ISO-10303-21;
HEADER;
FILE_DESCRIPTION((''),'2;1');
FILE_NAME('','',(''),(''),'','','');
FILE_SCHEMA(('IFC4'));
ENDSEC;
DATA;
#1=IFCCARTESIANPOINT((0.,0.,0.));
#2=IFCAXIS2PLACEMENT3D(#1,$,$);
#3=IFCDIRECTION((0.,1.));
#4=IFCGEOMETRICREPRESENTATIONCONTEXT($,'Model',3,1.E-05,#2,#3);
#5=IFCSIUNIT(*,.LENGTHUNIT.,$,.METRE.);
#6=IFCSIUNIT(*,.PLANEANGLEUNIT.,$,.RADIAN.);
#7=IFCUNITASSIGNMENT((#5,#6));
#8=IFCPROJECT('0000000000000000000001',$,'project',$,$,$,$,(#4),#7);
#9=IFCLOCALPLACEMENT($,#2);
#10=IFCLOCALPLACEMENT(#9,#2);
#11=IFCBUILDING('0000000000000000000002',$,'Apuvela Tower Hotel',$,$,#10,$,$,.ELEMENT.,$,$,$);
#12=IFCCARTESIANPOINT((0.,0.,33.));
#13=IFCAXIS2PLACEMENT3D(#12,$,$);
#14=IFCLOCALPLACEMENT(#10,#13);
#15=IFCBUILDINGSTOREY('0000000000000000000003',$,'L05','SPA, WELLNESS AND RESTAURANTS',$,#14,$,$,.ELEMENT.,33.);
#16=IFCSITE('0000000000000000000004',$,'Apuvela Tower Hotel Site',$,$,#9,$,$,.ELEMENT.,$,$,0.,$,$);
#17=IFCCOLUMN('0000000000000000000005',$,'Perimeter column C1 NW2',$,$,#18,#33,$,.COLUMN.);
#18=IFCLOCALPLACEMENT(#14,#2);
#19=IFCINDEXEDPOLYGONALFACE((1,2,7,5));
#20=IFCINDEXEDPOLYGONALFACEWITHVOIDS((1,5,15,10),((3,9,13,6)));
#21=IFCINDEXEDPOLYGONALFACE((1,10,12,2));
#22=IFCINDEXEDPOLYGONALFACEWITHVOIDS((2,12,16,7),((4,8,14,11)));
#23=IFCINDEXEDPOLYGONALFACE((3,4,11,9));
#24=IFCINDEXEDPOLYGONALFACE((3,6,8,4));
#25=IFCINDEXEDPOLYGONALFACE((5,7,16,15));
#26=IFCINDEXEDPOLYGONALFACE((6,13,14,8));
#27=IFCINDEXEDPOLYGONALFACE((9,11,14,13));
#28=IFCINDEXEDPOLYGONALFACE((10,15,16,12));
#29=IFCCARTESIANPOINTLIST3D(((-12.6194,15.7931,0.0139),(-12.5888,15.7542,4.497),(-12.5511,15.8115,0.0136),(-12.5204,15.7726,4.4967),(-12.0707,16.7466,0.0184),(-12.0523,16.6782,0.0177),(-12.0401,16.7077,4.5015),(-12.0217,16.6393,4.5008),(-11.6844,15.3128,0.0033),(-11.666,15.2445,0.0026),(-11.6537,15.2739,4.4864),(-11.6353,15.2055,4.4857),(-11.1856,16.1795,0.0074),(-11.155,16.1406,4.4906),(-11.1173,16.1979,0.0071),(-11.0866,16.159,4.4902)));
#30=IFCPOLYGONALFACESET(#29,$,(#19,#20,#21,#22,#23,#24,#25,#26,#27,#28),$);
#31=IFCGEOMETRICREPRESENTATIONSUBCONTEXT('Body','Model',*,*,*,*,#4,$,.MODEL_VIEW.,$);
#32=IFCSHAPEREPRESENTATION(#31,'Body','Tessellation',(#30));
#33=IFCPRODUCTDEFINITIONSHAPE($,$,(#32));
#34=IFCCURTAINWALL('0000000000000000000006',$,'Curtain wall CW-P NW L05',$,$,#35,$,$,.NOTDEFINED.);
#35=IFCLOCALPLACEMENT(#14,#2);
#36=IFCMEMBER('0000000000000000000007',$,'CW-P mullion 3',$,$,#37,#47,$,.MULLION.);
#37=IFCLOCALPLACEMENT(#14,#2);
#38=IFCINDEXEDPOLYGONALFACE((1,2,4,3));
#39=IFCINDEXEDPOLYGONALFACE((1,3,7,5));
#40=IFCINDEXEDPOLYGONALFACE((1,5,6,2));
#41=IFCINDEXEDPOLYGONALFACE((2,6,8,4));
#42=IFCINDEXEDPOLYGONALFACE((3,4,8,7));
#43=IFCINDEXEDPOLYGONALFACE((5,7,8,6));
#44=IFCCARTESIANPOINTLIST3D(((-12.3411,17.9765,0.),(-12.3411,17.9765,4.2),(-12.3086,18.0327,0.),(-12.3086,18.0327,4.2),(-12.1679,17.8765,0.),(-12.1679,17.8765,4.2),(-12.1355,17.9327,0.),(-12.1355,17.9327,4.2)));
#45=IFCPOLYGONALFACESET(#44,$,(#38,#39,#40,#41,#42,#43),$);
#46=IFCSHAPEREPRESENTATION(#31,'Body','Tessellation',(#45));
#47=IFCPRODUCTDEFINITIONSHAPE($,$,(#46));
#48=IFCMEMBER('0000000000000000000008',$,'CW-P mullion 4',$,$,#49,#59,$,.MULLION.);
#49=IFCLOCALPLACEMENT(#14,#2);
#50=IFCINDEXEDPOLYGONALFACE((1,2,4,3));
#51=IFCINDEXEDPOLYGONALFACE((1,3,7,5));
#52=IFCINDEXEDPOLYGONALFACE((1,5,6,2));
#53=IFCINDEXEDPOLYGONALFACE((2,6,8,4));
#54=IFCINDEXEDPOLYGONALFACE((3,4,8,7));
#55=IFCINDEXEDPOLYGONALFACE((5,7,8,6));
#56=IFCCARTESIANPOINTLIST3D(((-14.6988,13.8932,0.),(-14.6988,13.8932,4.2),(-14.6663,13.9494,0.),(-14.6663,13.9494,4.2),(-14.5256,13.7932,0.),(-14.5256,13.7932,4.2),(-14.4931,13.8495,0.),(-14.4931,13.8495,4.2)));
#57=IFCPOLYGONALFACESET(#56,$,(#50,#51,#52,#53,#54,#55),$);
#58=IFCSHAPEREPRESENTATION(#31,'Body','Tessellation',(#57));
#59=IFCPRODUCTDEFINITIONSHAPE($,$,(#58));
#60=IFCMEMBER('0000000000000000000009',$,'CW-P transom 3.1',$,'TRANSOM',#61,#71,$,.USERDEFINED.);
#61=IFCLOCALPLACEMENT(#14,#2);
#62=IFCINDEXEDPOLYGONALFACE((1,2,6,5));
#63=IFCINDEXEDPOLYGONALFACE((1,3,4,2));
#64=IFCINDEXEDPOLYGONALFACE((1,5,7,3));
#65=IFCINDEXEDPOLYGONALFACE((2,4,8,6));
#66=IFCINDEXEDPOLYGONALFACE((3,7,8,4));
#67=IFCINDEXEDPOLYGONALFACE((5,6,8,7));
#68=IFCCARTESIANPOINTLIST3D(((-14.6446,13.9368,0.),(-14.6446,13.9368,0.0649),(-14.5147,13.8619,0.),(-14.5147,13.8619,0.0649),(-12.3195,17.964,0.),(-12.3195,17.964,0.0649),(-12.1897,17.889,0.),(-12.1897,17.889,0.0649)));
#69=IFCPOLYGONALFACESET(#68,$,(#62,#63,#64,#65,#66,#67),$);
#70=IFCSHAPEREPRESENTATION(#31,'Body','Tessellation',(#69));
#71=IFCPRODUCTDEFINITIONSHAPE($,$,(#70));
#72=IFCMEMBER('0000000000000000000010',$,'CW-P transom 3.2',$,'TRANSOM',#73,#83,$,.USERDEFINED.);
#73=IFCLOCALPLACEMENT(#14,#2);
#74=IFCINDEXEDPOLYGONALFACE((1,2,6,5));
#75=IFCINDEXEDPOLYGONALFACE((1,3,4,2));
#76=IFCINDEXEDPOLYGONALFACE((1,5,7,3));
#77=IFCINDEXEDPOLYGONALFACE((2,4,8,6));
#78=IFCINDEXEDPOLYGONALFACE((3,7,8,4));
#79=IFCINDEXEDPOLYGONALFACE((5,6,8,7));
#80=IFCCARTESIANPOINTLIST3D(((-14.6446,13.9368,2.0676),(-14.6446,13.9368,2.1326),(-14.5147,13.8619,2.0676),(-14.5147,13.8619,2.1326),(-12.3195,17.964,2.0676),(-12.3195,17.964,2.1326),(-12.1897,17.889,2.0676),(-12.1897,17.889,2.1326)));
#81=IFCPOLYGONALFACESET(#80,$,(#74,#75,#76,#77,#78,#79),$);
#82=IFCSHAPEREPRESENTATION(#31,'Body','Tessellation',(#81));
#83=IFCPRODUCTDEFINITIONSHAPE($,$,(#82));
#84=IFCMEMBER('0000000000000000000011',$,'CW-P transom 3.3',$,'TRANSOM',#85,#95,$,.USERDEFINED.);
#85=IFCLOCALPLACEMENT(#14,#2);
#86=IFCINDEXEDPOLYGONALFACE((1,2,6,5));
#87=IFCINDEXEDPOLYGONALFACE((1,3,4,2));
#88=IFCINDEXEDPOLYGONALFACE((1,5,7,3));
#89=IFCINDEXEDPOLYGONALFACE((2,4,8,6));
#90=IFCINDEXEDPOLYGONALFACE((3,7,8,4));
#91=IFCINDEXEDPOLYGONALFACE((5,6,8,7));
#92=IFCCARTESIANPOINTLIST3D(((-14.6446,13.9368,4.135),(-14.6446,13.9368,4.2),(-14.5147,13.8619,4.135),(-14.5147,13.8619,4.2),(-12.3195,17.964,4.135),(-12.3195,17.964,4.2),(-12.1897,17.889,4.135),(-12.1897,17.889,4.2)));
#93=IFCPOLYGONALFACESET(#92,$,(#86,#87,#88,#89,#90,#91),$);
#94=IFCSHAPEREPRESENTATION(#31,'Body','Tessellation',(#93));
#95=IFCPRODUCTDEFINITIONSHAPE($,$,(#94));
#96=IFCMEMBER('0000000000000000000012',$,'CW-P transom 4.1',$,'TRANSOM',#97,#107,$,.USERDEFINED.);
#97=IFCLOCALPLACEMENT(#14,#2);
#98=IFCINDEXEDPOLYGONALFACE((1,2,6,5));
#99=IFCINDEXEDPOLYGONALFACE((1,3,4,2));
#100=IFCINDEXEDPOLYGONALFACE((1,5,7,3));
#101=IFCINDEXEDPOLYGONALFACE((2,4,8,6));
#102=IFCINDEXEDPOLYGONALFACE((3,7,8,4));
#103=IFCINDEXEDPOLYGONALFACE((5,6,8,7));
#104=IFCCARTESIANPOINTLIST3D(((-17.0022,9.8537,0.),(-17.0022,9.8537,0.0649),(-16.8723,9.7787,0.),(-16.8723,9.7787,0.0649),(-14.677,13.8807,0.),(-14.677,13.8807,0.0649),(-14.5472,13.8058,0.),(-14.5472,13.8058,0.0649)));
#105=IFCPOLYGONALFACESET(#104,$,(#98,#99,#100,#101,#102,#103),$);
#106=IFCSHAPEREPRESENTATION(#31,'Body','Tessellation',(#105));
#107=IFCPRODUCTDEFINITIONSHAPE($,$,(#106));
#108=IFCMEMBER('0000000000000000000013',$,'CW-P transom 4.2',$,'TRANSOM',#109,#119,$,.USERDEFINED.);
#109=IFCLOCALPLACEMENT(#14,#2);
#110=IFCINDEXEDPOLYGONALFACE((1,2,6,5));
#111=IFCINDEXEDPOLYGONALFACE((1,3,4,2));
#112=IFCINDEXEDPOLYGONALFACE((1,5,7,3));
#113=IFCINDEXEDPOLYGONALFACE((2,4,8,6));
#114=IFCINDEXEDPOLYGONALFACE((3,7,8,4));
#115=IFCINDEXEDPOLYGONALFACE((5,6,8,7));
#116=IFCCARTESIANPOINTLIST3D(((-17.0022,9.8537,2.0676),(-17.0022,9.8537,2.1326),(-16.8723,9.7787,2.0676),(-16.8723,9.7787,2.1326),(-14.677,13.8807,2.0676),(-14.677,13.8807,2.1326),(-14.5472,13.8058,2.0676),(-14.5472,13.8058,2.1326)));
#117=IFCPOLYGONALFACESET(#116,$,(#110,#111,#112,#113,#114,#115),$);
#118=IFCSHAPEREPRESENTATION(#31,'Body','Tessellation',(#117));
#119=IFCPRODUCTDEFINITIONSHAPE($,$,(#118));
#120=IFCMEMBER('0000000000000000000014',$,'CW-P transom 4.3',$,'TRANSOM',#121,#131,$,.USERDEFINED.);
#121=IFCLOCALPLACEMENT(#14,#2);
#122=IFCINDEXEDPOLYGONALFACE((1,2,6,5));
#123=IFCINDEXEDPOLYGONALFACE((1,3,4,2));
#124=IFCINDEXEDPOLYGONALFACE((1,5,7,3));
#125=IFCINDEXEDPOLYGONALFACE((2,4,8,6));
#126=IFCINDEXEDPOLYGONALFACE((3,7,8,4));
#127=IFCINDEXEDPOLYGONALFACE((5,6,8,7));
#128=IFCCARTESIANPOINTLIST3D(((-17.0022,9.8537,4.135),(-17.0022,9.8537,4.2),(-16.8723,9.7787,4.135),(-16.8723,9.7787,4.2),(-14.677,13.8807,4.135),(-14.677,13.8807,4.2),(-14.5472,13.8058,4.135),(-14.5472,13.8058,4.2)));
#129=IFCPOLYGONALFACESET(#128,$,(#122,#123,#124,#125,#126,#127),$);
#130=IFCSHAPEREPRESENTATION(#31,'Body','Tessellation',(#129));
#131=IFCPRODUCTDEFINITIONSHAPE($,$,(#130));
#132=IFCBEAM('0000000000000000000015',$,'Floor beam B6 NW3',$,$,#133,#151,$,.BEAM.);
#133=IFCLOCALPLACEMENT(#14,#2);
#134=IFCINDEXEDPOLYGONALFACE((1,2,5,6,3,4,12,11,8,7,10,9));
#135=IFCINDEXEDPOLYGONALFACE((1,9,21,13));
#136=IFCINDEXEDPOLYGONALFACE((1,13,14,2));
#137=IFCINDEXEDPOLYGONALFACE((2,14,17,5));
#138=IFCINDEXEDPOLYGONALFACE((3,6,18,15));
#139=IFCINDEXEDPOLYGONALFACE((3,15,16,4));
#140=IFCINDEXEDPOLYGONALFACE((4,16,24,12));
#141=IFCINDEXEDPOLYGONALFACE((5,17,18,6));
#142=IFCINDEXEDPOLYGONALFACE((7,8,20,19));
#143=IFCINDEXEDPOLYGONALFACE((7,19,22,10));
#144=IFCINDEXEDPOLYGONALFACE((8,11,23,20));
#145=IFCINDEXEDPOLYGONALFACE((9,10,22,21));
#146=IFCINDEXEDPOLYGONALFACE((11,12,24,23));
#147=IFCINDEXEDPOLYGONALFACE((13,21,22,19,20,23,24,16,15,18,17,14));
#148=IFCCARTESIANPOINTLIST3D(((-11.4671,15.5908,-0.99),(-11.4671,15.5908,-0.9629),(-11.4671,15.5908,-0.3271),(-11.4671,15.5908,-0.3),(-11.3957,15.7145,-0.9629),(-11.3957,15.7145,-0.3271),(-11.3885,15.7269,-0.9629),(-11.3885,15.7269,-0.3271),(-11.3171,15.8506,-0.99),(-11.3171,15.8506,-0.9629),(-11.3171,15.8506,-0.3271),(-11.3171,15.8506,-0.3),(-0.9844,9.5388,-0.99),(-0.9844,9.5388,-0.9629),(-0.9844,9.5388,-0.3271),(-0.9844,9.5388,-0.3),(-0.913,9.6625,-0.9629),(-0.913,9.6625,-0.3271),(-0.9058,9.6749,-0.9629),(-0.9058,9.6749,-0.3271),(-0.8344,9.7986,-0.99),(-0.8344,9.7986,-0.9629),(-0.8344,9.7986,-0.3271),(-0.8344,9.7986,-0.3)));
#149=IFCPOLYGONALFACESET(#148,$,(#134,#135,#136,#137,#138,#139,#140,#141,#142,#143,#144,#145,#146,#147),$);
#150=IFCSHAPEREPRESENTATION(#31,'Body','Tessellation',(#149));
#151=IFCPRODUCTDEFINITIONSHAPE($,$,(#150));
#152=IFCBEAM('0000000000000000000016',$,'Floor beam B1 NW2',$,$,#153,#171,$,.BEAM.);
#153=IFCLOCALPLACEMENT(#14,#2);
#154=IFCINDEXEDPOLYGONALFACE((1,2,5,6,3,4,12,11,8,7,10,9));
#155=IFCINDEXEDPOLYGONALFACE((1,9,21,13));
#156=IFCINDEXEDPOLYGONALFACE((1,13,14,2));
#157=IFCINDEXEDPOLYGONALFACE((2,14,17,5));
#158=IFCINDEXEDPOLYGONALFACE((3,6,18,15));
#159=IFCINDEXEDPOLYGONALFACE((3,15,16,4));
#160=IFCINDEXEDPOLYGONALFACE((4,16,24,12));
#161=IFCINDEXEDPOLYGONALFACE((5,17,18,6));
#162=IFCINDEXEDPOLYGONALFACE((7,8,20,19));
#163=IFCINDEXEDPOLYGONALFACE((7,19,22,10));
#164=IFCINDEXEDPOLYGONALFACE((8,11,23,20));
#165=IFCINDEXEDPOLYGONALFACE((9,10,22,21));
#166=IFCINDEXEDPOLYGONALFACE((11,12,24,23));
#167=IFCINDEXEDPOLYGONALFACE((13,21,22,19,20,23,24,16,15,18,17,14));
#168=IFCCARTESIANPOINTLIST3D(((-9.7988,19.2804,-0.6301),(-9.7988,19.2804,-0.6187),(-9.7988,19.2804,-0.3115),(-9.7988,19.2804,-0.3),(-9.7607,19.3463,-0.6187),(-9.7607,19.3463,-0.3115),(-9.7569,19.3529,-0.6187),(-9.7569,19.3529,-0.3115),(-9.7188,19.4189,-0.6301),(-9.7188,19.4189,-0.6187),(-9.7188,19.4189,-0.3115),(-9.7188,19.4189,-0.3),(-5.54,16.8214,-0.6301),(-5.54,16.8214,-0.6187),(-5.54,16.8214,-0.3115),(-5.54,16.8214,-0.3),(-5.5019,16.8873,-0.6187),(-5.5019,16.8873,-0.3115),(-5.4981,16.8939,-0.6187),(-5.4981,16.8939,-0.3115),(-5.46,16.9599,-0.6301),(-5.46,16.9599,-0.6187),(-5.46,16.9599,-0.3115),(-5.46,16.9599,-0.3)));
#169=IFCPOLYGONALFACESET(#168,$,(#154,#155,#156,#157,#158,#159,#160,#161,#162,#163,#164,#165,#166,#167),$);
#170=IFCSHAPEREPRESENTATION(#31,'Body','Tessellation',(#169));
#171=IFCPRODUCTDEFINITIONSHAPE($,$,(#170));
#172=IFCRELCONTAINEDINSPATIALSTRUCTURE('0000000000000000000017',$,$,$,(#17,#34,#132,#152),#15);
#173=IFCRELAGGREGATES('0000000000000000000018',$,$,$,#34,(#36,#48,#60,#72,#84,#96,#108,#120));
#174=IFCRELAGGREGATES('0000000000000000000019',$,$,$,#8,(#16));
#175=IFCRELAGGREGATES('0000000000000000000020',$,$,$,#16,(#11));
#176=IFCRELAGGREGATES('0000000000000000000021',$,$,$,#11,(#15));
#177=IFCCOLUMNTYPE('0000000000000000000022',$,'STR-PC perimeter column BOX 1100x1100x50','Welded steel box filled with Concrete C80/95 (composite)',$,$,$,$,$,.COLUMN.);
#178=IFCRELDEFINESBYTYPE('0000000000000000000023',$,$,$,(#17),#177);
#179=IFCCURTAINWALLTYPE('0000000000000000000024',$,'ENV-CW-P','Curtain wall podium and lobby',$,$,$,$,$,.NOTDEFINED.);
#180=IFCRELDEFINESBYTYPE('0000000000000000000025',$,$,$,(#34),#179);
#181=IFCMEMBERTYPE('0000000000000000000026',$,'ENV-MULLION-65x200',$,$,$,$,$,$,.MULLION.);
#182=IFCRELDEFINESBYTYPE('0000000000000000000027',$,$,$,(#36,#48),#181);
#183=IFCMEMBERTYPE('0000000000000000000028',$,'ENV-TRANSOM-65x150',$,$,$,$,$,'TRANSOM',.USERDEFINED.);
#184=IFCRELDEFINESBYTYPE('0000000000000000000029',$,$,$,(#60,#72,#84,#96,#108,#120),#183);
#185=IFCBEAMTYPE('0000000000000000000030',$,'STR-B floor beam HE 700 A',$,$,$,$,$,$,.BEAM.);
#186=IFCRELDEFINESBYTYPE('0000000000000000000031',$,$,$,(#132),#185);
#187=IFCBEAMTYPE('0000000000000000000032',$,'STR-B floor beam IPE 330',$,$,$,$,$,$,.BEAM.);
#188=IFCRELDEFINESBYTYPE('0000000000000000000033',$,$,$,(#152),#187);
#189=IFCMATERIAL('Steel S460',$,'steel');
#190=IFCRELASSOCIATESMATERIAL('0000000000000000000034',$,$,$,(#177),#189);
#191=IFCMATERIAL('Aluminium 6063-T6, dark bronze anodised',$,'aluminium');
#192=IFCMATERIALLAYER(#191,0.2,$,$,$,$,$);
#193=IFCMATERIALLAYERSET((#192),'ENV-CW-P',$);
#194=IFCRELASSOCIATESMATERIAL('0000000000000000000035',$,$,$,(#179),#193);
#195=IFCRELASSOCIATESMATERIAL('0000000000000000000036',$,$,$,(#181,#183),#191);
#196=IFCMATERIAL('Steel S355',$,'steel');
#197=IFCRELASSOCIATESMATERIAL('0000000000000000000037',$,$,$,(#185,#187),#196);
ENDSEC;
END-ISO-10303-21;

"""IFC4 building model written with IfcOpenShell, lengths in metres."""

from ifc_helpers import new_model, si_unit, direction, frame, origin, origin_2d, place, context, subcontext, project, spatial, rectangle, hollow_rectangle, i_section, extrude, boolean, halfspace, material, layer, layer_set, material_profile, profile_set, type_object, element, aggregate, save


model = new_model("IFC4")

# Units and contexts
model_context = context("Model", 3, precision=1e-05, world=origin(), true_north=direction((0.0, 1.0)))
body_context = subcontext(model_context, "Body", "Model", "MODEL_VIEW")
ifc_project = project(units=[si_unit("LENGTHUNIT", "METRE"), si_unit("PLANEANGLEUNIT", "RADIAN")], contexts=[model_context])

# Site, building, storey
site_placement = place(None, origin())
site = spatial("IfcSite", under=ifc_project, at=site_placement, Name="Apuvela Tower Hotel Site", CompositionType="ELEMENT", RefElevation=0.0)
building_placement = place(site_placement, origin())
building = spatial("IfcBuilding", under=site, at=building_placement, Name="Apuvela Tower Hotel", CompositionType="ELEMENT")
storey_placement = place(building_placement, frame((0.0, 0.0, 33.0)))
storey = spatial("IfcBuildingStorey", under=building, at=storey_placement, Name="L05", Description="SPA, WELLNESS AND RESTAURANTS", CompositionType="ELEMENT", Elevation=33.0)

# Column
ifc_material_1 = material(Name="Steel S460", Category="steel")
ifc_material_profile_1 = material_profile(ifc_material_1, hollow_rectangle(XDim=1.1001, YDim=1.1001, WallThickness=0.05, at=origin_2d()), Name="BOX 1100x1100x50")
ifc_material_2 = material(Name="Concrete C80/95", Category="concrete")
ifc_material_profile_2 = material_profile(ifc_material_2, rectangle(XDim=1.0, YDim=1.0, at=origin_2d()), Name="Concrete C80/95 infill")
ifc_profile_set_1 = profile_set([ifc_material_profile_1, ifc_material_profile_2], Name="Steel S460")
column_type = type_object("IfcColumnType", Name="STR-PC perimeter column BOX 1100x1100x50", Description="Welded steel box filled with Concrete C80/95 (composite)", PredefinedType="COLUMN", material=ifc_profile_set_1)
column_placement = place(storey_placement, frame((-11.8684, 15.9956, 0.0), z_axis=(0.006836, -0.00868, 0.999939), x_axis=(0.498768, 0.866726, 0.004114)))
element("IfcColumn", 1, at=column_placement, inside=storey, type_object=column_type, Name="Perimeter column C1 NW2", PredefinedType="COLUMN", context=body_context, shape_type="SweptSolid", body=[
    boolean("DIFFERENCE", boolean("DIFFERENCE", extrude(hollow_rectangle(XDim=1.1001, YDim=1.1001, WallThickness=0.05, at=origin_2d()), origin(), (0.0, 0.0, 1.0), 4.5002), halfspace(frame((0.0, 0.0, 0.0105), z_axis=(0.0, 0.0, 1.0), x_axis=(1.0, 0.0, 0.0)), True)), halfspace(frame((0.0, 0.0, 4.4939), z_axis=(0.0, 0.0, 1.0), x_axis=(1.0, 0.0, 0.0)), False)),
])

# Curtain wall, members
ifc_material_3 = material(Name="Aluminium 6063-T6, dark bronze anodised", Category="aluminium")
ifc_layer_1 = layer(ifc_material_3, 0.2)
ifc_layer_set_1 = layer_set([ifc_layer_1], Name="ENV-CW-P")
curtain_wall_type = type_object("IfcCurtainWallType", Name="ENV-CW-P", Description="Curtain wall podium and lobby", PredefinedType="NOTDEFINED", material=ifc_layer_set_1)
curtain_wall_placement = place(storey_placement, origin())
curtain_wall = element("IfcCurtainWall", 2, at=curtain_wall_placement, inside=storey, type_object=curtain_wall_type, Name="Curtain wall CW-P NW L05", PredefinedType="NOTDEFINED")
ifc_material_profile_3 = material_profile(ifc_material_3, rectangle(XDim=0.2, YDim=0.0649, at=origin_2d()), Name="AL 65x200")
ifc_profile_set_2 = profile_set([ifc_material_profile_3], Name="Aluminium 6063-T6, dark bronze anodised")
member_type_1 = type_object("IfcMemberType", Name="ENV-MULLION-65x200", PredefinedType="MULLION", material=ifc_profile_set_2)
member_1_placement = place(storey_placement, frame((-12.2383, 17.9546, 0.0), z_axis=(0.0, 0.0, 1.0), x_axis=(0.866026, -0.5, 0.0)))
member_1 = element("IfcMember", 3, at=member_1_placement, type_object=member_type_1, Name="CW-P mullion 3", PredefinedType="MULLION", context=body_context, shape_type="SweptSolid", body=[
    extrude(rectangle(XDim=0.2, YDim=0.0649, at=origin_2d()), origin(), (0.0, 0.0, 1.0), 4.2),
])
member_2_placement = place(storey_placement, frame((-14.5959, 13.8713, 0.0), z_axis=(0.0, 0.0, 1.0), x_axis=(0.866026, -0.5, 0.0)))
member_2 = element("IfcMember", 4, at=member_2_placement, type_object=member_type_1, Name="CW-P mullion 4", PredefinedType="MULLION", context=body_context, shape_type="SweptSolid", body=[
    extrude(rectangle(XDim=0.2, YDim=0.0649, at=origin_2d()), origin(), (0.0, 0.0, 1.0), 4.2),
])
ifc_material_profile_4 = material_profile(ifc_material_3, rectangle(XDim=0.1499, YDim=0.0649, at=origin_2d()), Name="AL 65x150 transom")
ifc_profile_set_3 = profile_set([ifc_material_profile_4], Name="Aluminium 6063-T6, dark bronze anodised")
member_type_2 = type_object("IfcMemberType", Name="ENV-TRANSOM-65x150", ElementType="TRANSOM", PredefinedType="USERDEFINED", material=ifc_profile_set_3)
member_3_placement = place(storey_placement, frame((-12.2546, 17.9265, 0.0325), z_axis=(-0.499985, -0.866034, 0.0), x_axis=(0.866034, -0.499985, 0.0)))
member_3 = element("IfcMember", 5, at=member_3_placement, type_object=member_type_2, Name="CW-P transom 3.1", ObjectType="TRANSOM", PredefinedType="USERDEFINED", context=body_context, shape_type="SweptSolid", body=[
    extrude(rectangle(XDim=0.1499, YDim=0.0649, at=origin_2d()), origin(), (0.0, 0.0, 1.0), 4.6501),
])
member_4_placement = place(storey_placement, frame((-12.2546, 17.9265, 2.1001), z_axis=(-0.499985, -0.866034, 0.0), x_axis=(0.866034, -0.499985, 0.0)))
member_4 = element("IfcMember", 6, at=member_4_placement, type_object=member_type_2, Name="CW-P transom 3.2", ObjectType="TRANSOM", PredefinedType="USERDEFINED", context=body_context, shape_type="SweptSolid", body=[
    extrude(rectangle(XDim=0.1499, YDim=0.0649, at=origin_2d()), origin(), (0.0, 0.0, 1.0), 4.6501),
])
member_5_placement = place(storey_placement, frame((-12.2546, 17.9265, 4.1675), z_axis=(-0.499985, -0.866034, 0.0), x_axis=(0.866034, -0.499985, 0.0)))
member_5 = element("IfcMember", 7, at=member_5_placement, type_object=member_type_2, Name="CW-P transom 3.3", ObjectType="TRANSOM", PredefinedType="USERDEFINED", context=body_context, shape_type="SweptSolid", body=[
    extrude(rectangle(XDim=0.1499, YDim=0.0649, at=origin_2d()), origin(), (0.0, 0.0, 1.0), 4.6501),
])
member_6_placement = place(storey_placement, frame((-14.6121, 13.8433, 0.0325), z_axis=(-0.500024, -0.866012, 0.0), x_axis=(0.866012, -0.500024, 0.0)))
member_6 = element("IfcMember", 8, at=member_6_placement, type_object=member_type_2, Name="CW-P transom 4.1", ObjectType="TRANSOM", PredefinedType="USERDEFINED", context=body_context, shape_type="SweptSolid", body=[
    extrude(rectangle(XDim=0.1499, YDim=0.0649, at=origin_2d()), origin(), (0.0, 0.0, 1.0), 4.6501),
])
member_7_placement = place(storey_placement, frame((-14.6121, 13.8433, 2.1001), z_axis=(-0.500024, -0.866012, 0.0), x_axis=(0.866012, -0.500024, 0.0)))
member_7 = element("IfcMember", 9, at=member_7_placement, type_object=member_type_2, Name="CW-P transom 4.2", ObjectType="TRANSOM", PredefinedType="USERDEFINED", context=body_context, shape_type="SweptSolid", body=[
    extrude(rectangle(XDim=0.1499, YDim=0.0649, at=origin_2d()), origin(), (0.0, 0.0, 1.0), 4.6501),
])
member_8_placement = place(storey_placement, frame((-14.6121, 13.8433, 4.1675), z_axis=(-0.500024, -0.866012, 0.0), x_axis=(0.866012, -0.500024, 0.0)))
member_8 = element("IfcMember", 10, at=member_8_placement, type_object=member_type_2, Name="CW-P transom 4.3", ObjectType="TRANSOM", PredefinedType="USERDEFINED", context=body_context, shape_type="SweptSolid", body=[
    extrude(rectangle(XDim=0.1499, YDim=0.0649, at=origin_2d()), origin(), (0.0, 0.0, 1.0), 4.6501),
])

# Beams
ifc_material_4 = material(Name="Steel S355", Category="steel")
ifc_material_profile_5 = material_profile(ifc_material_4, i_section(OverallWidth=0.3, OverallDepth=0.6899, WebThickness=0.0144, FlangeThickness=0.0271, at=origin_2d()), Name="HE 700 A")
ifc_profile_set_4 = profile_set([ifc_material_profile_5], Name="Steel S355")
beam_type_1 = type_object("IfcBeamType", Name="STR-B floor beam HE 700 A", PredefinedType="BEAM", material=ifc_profile_set_4)
beam_1_placement = place(storey_placement, frame((-11.3921, 15.7207, -0.645), z_axis=(0.866031, -0.49999, 0.0), x_axis=(0.49999, 0.866031, 0.0)))
element("IfcBeam", 11, at=beam_1_placement, inside=storey, type_object=beam_type_1, Name="Floor beam B6 NW3", PredefinedType="BEAM", context=body_context, shape_type="SweptSolid", body=[
    extrude(i_section(OverallWidth=0.3, OverallDepth=0.6899, WebThickness=0.0144, FlangeThickness=0.0271, at=origin_2d()), origin(), (0.0, 0.0, 1.0), 12.1042),
])
ifc_material_profile_6 = material_profile(ifc_material_4, i_section(OverallWidth=0.1599, OverallDepth=0.3301, WebThickness=0.0076, FlangeThickness=0.0115, at=origin_2d()), Name="IPE 330")
ifc_profile_set_5 = profile_set([ifc_material_profile_6], Name="Steel S355")
beam_type_2 = type_object("IfcBeamType", Name="STR-B floor beam IPE 330", PredefinedType="BEAM", material=ifc_profile_set_5)
beam_2_placement = place(storey_placement, frame((-9.7588, 19.3496, -0.4651), z_axis=(0.86601, -0.500026, 0.0), x_axis=(0.500026, 0.86601, 0.0)))
element("IfcBeam", 12, at=beam_2_placement, inside=storey, type_object=beam_type_2, Name="Floor beam B1 NW2", PredefinedType="BEAM", context=body_context, shape_type="SweptSolid", body=[
    extrude(i_section(OverallWidth=0.1599, OverallDepth=0.3301, WebThickness=0.0076, FlangeThickness=0.0115, at=origin_2d()), origin(), (0.0, 0.0, 1.0), 4.9177),
])

aggregate(curtain_wall, [member_1, member_2, member_3, member_4, member_5, member_6, member_7, member_8])

save(model, "model.ifc")
